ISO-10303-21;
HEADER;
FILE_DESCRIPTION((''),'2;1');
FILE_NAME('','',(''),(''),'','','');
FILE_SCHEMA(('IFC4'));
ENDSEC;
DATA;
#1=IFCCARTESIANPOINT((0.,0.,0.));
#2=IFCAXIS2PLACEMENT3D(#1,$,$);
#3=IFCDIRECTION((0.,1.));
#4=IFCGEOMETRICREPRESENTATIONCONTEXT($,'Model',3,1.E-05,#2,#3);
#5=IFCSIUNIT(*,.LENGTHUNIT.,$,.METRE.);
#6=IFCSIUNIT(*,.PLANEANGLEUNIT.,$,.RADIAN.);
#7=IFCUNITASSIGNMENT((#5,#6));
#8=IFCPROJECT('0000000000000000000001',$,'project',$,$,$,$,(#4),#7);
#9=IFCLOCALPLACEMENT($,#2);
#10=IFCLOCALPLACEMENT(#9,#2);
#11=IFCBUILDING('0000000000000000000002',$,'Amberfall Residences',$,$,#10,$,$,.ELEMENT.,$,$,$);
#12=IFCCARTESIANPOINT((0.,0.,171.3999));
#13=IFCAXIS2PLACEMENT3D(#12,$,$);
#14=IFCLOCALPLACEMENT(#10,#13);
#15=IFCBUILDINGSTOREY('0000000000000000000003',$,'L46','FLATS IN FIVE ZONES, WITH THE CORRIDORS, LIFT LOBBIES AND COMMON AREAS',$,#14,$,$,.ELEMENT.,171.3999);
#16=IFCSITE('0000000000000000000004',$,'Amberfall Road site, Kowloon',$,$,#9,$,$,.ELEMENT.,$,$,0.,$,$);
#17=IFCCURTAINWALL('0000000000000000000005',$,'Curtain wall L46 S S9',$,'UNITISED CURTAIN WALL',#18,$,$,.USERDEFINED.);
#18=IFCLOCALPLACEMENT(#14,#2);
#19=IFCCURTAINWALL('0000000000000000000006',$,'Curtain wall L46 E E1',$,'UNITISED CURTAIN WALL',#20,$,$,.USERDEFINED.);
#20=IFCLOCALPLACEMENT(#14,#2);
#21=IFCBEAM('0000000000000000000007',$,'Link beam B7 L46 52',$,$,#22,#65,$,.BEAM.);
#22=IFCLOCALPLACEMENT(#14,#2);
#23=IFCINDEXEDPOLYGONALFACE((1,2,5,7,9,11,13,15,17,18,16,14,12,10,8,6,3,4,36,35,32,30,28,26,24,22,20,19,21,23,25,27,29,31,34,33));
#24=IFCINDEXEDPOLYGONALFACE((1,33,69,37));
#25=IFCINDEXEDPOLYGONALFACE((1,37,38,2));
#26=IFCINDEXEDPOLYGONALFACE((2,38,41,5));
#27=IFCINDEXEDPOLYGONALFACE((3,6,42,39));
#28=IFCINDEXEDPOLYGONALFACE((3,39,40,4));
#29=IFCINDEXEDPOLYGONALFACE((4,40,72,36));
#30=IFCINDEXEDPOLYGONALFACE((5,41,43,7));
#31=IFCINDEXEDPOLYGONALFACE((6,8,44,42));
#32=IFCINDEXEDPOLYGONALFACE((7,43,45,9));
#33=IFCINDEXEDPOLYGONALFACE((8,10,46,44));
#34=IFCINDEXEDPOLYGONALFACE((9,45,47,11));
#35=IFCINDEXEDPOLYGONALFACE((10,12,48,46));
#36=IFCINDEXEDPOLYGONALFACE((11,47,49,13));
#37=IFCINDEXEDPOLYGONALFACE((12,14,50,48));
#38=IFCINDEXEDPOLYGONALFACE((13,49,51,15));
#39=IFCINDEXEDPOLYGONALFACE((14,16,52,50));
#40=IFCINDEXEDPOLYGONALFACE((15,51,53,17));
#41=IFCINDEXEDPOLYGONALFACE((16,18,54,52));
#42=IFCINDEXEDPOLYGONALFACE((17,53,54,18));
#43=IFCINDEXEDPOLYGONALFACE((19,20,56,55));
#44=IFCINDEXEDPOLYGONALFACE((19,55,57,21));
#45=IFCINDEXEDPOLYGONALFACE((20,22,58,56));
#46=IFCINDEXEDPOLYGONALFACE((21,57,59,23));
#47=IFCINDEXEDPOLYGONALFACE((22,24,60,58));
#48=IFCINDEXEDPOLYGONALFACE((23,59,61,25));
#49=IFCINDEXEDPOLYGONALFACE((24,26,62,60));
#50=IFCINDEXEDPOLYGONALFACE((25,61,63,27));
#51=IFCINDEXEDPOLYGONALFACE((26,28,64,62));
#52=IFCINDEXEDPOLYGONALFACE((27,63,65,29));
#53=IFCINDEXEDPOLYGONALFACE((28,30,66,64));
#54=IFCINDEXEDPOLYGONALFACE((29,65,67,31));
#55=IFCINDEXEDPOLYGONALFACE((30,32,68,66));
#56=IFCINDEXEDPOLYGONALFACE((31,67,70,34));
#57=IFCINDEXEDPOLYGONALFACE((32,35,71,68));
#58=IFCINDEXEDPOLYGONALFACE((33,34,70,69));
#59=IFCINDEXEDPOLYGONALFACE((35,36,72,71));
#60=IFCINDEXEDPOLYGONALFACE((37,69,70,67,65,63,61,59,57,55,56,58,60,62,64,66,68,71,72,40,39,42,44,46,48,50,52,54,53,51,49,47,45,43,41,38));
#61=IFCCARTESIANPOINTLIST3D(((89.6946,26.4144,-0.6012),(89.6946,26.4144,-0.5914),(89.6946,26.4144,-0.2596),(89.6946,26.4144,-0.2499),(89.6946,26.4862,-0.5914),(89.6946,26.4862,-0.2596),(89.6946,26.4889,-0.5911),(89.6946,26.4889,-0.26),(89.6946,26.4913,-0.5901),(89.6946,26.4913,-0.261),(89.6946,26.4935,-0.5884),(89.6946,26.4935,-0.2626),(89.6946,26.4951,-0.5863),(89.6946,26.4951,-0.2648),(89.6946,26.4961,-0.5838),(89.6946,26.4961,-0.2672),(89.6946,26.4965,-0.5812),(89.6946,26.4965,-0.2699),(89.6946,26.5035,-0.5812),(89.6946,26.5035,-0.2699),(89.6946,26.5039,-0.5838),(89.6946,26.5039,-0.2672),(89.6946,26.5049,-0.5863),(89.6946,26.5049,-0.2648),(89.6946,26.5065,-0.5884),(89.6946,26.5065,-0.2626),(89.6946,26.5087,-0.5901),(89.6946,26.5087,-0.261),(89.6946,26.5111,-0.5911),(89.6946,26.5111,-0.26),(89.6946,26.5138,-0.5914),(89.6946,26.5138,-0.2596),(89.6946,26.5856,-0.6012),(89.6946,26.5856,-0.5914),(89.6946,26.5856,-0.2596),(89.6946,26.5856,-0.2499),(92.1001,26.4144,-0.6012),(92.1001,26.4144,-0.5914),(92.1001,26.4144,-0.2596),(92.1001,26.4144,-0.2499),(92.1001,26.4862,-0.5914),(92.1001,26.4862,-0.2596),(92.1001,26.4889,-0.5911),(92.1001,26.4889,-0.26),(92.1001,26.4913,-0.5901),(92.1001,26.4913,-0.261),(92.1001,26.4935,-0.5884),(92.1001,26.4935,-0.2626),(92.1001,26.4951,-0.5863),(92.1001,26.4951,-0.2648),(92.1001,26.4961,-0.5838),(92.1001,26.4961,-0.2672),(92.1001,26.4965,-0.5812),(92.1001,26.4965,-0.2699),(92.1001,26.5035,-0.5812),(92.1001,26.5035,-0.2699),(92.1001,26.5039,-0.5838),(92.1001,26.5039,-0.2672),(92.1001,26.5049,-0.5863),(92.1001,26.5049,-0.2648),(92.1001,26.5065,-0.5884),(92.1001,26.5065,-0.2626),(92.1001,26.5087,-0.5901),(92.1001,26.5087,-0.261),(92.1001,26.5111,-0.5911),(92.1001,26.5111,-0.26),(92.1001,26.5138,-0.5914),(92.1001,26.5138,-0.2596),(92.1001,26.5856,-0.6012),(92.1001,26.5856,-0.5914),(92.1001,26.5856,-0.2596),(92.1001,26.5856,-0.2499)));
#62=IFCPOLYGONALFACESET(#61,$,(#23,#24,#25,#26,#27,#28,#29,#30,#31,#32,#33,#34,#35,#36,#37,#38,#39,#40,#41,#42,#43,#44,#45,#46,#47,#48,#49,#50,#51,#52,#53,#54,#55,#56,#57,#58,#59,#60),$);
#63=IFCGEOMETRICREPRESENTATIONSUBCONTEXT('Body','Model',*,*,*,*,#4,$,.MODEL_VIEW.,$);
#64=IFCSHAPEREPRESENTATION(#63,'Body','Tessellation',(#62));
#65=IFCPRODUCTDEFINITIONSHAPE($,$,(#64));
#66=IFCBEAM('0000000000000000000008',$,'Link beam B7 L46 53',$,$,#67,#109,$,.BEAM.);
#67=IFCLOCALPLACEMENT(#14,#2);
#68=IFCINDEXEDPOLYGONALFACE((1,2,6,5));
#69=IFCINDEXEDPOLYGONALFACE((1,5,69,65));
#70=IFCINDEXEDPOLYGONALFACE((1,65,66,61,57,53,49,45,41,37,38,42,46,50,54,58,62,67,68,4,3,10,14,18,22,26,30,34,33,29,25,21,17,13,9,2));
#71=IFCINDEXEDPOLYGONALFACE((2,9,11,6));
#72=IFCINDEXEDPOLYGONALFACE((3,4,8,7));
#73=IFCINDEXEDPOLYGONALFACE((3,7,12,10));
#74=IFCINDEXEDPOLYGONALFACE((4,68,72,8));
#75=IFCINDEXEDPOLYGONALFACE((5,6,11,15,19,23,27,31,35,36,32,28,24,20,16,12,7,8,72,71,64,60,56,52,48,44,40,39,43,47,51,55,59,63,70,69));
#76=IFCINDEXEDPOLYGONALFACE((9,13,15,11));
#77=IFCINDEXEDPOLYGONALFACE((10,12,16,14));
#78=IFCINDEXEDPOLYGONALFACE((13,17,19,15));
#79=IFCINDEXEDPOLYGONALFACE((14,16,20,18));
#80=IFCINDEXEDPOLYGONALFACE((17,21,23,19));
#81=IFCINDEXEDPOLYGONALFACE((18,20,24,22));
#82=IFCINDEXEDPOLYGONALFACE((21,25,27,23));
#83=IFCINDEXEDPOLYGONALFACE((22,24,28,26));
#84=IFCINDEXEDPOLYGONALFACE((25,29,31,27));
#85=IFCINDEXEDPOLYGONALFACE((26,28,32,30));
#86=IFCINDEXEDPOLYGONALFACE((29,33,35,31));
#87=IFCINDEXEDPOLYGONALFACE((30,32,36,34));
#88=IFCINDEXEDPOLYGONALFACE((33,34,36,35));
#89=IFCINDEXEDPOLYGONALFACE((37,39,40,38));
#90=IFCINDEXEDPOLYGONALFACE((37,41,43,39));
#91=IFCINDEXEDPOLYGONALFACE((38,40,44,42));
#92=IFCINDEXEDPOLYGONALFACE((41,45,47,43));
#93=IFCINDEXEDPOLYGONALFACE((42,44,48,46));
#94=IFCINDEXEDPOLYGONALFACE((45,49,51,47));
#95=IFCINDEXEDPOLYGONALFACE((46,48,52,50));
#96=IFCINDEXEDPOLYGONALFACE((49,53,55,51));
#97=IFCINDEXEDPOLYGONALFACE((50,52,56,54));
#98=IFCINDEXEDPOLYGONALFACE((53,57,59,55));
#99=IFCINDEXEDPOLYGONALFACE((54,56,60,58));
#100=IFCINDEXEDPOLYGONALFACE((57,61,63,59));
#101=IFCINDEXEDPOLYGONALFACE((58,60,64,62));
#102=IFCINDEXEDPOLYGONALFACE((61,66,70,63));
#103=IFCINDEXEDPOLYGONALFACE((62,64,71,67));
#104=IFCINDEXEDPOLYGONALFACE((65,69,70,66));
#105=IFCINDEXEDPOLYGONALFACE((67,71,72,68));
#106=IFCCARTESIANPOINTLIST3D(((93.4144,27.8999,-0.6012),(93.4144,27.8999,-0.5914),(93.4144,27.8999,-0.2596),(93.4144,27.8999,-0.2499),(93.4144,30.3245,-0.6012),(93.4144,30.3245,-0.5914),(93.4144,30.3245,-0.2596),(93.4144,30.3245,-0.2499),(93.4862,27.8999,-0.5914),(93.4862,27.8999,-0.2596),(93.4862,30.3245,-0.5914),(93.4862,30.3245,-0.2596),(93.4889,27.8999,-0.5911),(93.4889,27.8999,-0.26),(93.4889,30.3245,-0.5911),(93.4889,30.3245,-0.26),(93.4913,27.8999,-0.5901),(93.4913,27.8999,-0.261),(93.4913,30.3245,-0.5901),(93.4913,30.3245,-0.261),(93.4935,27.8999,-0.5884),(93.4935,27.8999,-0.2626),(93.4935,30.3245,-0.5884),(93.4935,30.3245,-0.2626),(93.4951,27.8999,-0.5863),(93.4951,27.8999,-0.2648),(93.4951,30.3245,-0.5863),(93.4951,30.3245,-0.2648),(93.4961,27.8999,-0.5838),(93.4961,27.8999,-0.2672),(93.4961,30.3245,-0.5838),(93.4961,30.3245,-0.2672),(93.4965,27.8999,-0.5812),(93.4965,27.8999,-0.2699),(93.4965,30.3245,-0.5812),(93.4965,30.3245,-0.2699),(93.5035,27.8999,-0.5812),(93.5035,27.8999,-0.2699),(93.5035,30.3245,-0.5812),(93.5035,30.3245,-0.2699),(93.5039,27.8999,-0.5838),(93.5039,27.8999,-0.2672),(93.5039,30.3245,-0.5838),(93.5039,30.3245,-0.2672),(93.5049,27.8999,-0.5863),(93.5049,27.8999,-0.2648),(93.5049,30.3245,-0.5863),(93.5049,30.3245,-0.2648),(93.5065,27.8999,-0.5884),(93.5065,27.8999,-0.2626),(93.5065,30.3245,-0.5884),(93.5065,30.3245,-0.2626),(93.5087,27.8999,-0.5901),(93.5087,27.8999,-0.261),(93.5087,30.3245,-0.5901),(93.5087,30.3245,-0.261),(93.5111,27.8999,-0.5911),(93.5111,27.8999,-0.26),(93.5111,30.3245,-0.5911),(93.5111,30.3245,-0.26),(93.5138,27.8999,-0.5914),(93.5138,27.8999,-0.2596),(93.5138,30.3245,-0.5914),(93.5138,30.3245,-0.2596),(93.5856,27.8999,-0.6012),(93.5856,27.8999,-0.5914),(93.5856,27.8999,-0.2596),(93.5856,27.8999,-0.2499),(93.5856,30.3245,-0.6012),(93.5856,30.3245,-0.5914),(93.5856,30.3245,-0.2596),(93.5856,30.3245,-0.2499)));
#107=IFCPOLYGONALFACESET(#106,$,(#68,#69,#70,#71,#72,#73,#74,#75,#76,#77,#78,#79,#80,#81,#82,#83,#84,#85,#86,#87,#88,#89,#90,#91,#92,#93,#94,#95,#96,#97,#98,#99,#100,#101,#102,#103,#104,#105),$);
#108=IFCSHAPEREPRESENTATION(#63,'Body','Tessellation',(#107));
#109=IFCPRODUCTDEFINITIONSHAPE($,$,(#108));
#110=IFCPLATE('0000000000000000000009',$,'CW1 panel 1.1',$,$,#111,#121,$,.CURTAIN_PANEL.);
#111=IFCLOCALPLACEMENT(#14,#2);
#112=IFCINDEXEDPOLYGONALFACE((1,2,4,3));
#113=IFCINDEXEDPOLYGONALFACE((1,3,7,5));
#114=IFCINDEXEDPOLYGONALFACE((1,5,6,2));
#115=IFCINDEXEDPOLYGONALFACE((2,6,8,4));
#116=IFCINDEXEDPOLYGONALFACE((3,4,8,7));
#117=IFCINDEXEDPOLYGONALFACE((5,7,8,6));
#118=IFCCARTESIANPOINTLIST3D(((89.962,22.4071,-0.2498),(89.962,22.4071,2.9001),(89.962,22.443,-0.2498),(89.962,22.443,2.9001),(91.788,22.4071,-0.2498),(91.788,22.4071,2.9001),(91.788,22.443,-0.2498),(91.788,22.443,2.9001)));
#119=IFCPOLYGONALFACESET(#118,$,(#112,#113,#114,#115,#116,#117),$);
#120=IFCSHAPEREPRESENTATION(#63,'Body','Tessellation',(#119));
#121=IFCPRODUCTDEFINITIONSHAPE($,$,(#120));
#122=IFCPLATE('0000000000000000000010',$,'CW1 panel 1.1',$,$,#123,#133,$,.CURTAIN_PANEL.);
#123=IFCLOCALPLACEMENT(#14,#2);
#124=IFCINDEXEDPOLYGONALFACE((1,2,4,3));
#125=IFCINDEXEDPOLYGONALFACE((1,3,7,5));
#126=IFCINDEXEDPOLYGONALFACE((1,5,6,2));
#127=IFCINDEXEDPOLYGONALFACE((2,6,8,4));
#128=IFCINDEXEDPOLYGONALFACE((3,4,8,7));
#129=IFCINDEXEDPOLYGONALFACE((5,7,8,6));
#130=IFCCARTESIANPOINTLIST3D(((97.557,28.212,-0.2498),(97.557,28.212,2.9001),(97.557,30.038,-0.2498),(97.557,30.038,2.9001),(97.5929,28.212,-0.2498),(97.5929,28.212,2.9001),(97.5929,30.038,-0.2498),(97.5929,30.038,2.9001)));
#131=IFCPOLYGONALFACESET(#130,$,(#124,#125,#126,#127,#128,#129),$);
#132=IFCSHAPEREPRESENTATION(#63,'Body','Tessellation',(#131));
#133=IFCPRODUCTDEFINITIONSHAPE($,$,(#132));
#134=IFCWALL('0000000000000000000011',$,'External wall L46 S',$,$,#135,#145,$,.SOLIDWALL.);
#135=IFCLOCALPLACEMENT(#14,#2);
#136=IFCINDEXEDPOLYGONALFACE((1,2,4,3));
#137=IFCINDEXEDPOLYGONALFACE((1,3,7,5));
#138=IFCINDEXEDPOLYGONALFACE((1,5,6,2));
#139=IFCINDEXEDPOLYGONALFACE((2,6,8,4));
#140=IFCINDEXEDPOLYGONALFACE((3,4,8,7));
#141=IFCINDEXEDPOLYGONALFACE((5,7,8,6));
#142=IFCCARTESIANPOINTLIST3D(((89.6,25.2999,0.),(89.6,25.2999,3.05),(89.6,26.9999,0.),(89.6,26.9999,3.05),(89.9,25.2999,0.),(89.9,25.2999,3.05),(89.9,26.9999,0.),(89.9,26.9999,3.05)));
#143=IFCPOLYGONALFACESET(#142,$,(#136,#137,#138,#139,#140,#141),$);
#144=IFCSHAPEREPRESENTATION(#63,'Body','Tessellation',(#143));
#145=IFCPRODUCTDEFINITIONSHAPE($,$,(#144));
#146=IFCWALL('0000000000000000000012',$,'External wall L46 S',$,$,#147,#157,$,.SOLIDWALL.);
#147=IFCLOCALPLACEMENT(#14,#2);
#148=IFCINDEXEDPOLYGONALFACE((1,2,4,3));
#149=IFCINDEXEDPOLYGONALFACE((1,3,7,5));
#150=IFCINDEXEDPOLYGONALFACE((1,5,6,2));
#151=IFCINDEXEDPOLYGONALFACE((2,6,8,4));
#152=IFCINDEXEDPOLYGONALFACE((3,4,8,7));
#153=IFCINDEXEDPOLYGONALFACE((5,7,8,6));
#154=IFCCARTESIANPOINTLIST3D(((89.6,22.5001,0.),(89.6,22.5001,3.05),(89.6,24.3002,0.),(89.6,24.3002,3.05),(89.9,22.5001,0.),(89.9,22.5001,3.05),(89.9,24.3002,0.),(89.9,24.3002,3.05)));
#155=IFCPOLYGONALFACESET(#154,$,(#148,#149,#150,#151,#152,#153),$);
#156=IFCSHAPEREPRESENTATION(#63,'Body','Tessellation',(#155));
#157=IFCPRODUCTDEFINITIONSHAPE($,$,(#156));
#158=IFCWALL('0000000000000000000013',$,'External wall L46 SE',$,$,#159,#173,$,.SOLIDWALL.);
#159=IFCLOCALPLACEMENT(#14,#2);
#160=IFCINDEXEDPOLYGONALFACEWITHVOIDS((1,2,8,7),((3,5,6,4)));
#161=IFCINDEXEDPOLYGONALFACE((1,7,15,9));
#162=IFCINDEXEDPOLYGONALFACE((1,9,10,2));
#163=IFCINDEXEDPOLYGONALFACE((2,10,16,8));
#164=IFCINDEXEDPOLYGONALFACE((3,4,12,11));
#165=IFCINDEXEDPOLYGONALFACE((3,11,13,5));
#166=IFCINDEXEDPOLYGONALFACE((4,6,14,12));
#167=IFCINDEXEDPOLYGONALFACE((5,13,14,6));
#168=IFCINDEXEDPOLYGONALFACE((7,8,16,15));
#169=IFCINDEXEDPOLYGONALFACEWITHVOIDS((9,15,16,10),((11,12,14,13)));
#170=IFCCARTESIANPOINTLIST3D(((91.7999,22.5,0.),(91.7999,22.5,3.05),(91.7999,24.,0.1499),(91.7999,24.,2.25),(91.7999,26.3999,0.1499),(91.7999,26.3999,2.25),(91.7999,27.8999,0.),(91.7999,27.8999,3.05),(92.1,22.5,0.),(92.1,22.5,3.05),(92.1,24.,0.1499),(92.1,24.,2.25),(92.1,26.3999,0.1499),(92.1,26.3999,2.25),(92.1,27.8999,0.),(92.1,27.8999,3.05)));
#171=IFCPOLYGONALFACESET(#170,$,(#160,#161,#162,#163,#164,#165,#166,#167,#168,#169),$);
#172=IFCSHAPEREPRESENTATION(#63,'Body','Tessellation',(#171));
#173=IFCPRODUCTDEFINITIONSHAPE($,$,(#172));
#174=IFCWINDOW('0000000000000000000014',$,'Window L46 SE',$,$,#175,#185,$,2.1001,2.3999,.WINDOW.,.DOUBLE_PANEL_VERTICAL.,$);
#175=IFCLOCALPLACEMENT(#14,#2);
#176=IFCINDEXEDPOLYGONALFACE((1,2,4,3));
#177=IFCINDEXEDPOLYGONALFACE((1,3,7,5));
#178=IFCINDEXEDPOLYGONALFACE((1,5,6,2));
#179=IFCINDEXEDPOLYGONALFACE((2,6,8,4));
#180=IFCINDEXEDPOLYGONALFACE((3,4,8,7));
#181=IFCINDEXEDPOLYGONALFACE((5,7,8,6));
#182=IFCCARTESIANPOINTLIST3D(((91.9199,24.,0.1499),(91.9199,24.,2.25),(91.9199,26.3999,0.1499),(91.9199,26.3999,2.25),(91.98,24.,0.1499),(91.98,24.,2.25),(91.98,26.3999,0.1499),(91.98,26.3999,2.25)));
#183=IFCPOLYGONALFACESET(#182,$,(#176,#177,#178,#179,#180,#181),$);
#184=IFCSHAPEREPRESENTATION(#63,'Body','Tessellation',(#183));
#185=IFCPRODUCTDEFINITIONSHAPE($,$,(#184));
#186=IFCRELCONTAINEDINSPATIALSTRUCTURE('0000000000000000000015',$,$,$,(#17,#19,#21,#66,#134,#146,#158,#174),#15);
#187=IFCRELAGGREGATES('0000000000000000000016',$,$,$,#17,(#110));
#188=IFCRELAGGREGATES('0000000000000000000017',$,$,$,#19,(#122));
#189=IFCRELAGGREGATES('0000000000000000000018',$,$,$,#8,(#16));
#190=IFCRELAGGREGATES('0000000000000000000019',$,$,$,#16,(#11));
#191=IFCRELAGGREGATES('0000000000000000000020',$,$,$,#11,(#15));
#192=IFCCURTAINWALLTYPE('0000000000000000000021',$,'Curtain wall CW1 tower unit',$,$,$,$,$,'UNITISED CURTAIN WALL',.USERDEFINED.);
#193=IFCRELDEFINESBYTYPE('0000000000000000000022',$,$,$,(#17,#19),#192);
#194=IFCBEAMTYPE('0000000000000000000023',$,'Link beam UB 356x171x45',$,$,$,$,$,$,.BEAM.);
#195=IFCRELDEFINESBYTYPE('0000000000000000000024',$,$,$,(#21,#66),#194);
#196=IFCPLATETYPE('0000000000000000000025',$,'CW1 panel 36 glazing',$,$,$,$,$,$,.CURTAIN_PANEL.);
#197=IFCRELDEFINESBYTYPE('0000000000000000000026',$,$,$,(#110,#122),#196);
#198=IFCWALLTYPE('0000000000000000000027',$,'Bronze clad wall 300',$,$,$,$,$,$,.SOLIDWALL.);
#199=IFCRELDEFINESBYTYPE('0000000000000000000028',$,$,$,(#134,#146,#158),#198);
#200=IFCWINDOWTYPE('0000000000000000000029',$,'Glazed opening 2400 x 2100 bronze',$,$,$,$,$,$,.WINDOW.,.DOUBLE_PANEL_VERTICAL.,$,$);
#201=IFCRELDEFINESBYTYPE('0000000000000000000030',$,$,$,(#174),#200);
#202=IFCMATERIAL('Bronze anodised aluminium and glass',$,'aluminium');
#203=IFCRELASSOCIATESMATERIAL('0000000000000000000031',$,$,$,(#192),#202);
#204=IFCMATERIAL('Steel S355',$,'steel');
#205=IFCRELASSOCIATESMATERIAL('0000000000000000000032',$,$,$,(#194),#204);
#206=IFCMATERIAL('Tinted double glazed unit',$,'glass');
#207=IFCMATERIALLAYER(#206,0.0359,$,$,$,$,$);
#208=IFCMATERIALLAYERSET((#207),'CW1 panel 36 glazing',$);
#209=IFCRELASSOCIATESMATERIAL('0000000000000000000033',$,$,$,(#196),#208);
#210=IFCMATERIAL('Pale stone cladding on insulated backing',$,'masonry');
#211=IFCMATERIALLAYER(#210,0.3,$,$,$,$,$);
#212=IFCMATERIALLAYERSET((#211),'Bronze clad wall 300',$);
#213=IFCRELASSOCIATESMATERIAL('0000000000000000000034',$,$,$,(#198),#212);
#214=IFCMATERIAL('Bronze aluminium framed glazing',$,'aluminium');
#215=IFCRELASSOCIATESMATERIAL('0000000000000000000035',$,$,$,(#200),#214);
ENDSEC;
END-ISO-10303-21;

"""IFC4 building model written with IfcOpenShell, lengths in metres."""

from ifc_helpers import new_model, si_unit, direction, frame, frame_2d, origin, origin_2d, place, context, subcontext, project, spatial, rectangle, i_section, extrude, material, layer, layer_set, material_profile, profile_set, type_object, element, fill, aggregate, save


model = new_model("IFC4")

# Units and contexts
model_context = context("Model", 3, precision=1e-05, world=origin(), true_north=direction((0.0, 1.0)))
body_context = subcontext(model_context, "Body", "Model", "MODEL_VIEW")
ifc_project = project(units=[si_unit("LENGTHUNIT", "METRE"), si_unit("PLANEANGLEUNIT", "RADIAN")], contexts=[model_context])

# Site, building, storey
site_placement = place(None, origin())
site = spatial("IfcSite", under=ifc_project, at=site_placement, Name="Amberfall Road site, Kowloon", CompositionType="ELEMENT", RefElevation=0.0)
building_placement = place(site_placement, origin())
building = spatial("IfcBuilding", under=site, at=building_placement, Name="Amberfall Residences", CompositionType="ELEMENT")
storey_placement = place(building_placement, frame((0.0, 0.0, 171.3999)))
storey = spatial("IfcBuildingStorey", under=building, at=storey_placement, Name="L46", Description="FLATS IN FIVE ZONES, WITH THE CORRIDORS, LIFT LOBBIES AND COMMON AREAS", CompositionType="ELEMENT", Elevation=171.3999)

# Curtain walls
ifc_material_1 = material(Name="Bronze anodised aluminium and glass", Category="aluminium")
curtain_wall_type = type_object("IfcCurtainWallType", Name="Curtain wall CW1 tower unit", ElementType="UNITISED CURTAIN WALL", PredefinedType="USERDEFINED", material=ifc_material_1)
curtain_wall_1_placement = place(storey_placement, origin())
curtain_wall_1 = element("IfcCurtainWall", 1, at=curtain_wall_1_placement, inside=storey, type_object=curtain_wall_type, Name="Curtain wall L46 S S9", ObjectType="UNITISED CURTAIN WALL", PredefinedType="USERDEFINED")
curtain_wall_2_placement = place(storey_placement, origin())
curtain_wall_2 = element("IfcCurtainWall", 2, at=curtain_wall_2_placement, inside=storey, type_object=curtain_wall_type, Name="Curtain wall L46 E E1", ObjectType="UNITISED CURTAIN WALL", PredefinedType="USERDEFINED")

# Beams
ifc_material_2 = material(Name="Steel S355", Category="steel")
ifc_material_profile_1 = material_profile(ifc_material_2, i_section(OverallWidth=0.1711, OverallDepth=0.3513, WebThickness=0.0071, FlangeThickness=0.0098, FilletRadius=0.0103, at=origin_2d()), Name="UB 356x171x45")
ifc_profile_set_1 = profile_set([ifc_material_profile_1], Name="Steel S355")
beam_type_1 = type_object("IfcBeamType", Name="Link beam UB 356x171x45", PredefinedType="BEAM", material=ifc_profile_set_1)
beam_1_placement = place(storey_placement, frame((92.1001, 26.5, -0.4255), z_axis=(-1.0, 0.0, 0.0), x_axis=(0.0, -1.0, 0.0)))
element("IfcBeam", 3, at=beam_1_placement, inside=storey, type_object=beam_type_1, Name="Link beam B7 L46 52", PredefinedType="BEAM", context=body_context, shape_type="SweptSolid", body=[
    extrude(i_section(OverallWidth=0.1711, OverallDepth=0.3513, WebThickness=0.0071, FlangeThickness=0.0098, FilletRadius=0.0103, at=origin_2d()), origin(), (0.0, 0.0, 1.0), 2.4055),
])
beam_2_placement = place(storey_placement, frame((93.5, 27.8999, -0.4255), z_axis=(0.0, 1.0, 0.0), x_axis=(-1.0, 0.0, 0.0)))
element("IfcBeam", 4, at=beam_2_placement, inside=storey, type_object=beam_type_1, Name="Link beam B7 L46 53", PredefinedType="BEAM", context=body_context, shape_type="SweptSolid", body=[
    extrude(i_section(OverallWidth=0.1711, OverallDepth=0.3513, WebThickness=0.0071, FlangeThickness=0.0098, FilletRadius=0.0103, at=origin_2d()), origin(), (0.0, 0.0, 1.0), 2.4246),
])

# Plates
ifc_material_3 = material(Name="Tinted double glazed unit", Category="glass")
ifc_layer_1 = layer(ifc_material_3, 0.0359)
ifc_layer_set_1 = layer_set([ifc_layer_1], Name="CW1 panel 36 glazing")
plate_type = type_object("IfcPlateType", Name="CW1 panel 36 glazing", PredefinedType="CURTAIN_PANEL", material=ifc_layer_set_1)
plate_1_placement = place(storey_placement, frame((90.875, 22.425, -0.2498), z_axis=(0.0, 0.0, 1.0), x_axis=(1.0, 0.0, 0.0)))
plate_1 = element("IfcPlate", 5, at=plate_1_placement, type_object=plate_type, Name="CW1 panel 1.1", PredefinedType="CURTAIN_PANEL", context=body_context, shape_type="SweptSolid", body=[
    extrude(rectangle(XDim=1.8259, YDim=0.0359, at=origin_2d()), origin(), (0.0, 0.0, 1.0), 3.1499),
])
aggregate(curtain_wall_1, [plate_1])
plate_2_placement = place(storey_placement, frame((97.575, 29.125, -0.2498), z_axis=(0.0, 0.0, 1.0), x_axis=(0.0, 1.0, 0.0)))
plate_2 = element("IfcPlate", 6, at=plate_2_placement, type_object=plate_type, Name="CW1 panel 1.1", PredefinedType="CURTAIN_PANEL", context=body_context, shape_type="SweptSolid", body=[
    extrude(rectangle(XDim=1.8259, YDim=0.0359, at=origin_2d()), origin(), (0.0, 0.0, 1.0), 3.1499),
])
aggregate(curtain_wall_2, [plate_2])

# Walls
ifc_material_4 = material(Name="Pale stone cladding on insulated backing", Category="masonry")
ifc_layer_2 = layer(ifc_material_4, 0.3)
ifc_layer_set_2 = layer_set([ifc_layer_2], Name="Bronze clad wall 300")
wall_type_1 = type_object("IfcWallType", Name="Bronze clad wall 300", PredefinedType="SOLIDWALL", material=ifc_layer_set_2)
wall_1_placement = place(storey_placement, frame((89.75, 27.0, 0.0), z_axis=(0.0, 0.0, 1.0), x_axis=(0.0, -1.0, 0.0)))
element("IfcWall", 7, at=wall_1_placement, inside=storey, type_object=wall_type_1, Name="External wall L46 S", PredefinedType="SOLIDWALL", context=body_context, shape_type="SweptSolid", body=[
    extrude(rectangle(XDim=1.7, YDim=0.3, at=frame_2d((0.8501, 0.0))), origin(), (0.0, 0.0, 1.0), 3.05),
])
wall_2_placement = place(storey_placement, frame((89.75, 24.3, 0.0), z_axis=(0.0, 0.0, 1.0), x_axis=(0.0, -1.0, 0.0)))
element("IfcWall", 8, at=wall_2_placement, inside=storey, type_object=wall_type_1, Name="External wall L46 S", PredefinedType="SOLIDWALL", context=body_context, shape_type="SweptSolid", body=[
    extrude(rectangle(XDim=1.8, YDim=0.3, at=frame_2d((0.8999, 0.0))), origin(), (0.0, 0.0, 1.0), 3.05),
])

# Wall, opening, window
wall_3_placement = place(storey_placement, frame((91.95, 22.5, 0.0), z_axis=(0.0, 0.0, 1.0), x_axis=(0.0, 1.0, 0.0)))
wall_3 = element("IfcWall", 9, at=wall_3_placement, inside=storey, type_object=wall_type_1, Name="External wall L46 SE", PredefinedType="SOLIDWALL", context=body_context, shape_type="SweptSolid", body=[
    extrude(rectangle(XDim=5.3999, YDim=0.3, at=frame_2d((2.7, 0.0))), origin(), (0.0, 0.0, 1.0), 3.05),
])
opening_1_placement = place(wall_3_placement, frame((1.5, 0.0, 0.1499)))
opening_1 = element("IfcOpeningElement", 10, at=opening_1_placement, cuts=wall_3, PredefinedType="OPENING", context=body_context, shape_type="SweptSolid", body=[
    extrude(rectangle(XDim=2.3999, YDim=2.1001, at=frame_2d((1.2, 1.05))), frame((0.0, 0.1599, 0.0), z_axis=(0.0, -1.0, 0.0), x_axis=(1.0, 0.0, 0.0)), (0.0, 0.0, 1.0), 0.3201),
])
ifc_material_5 = material(Name="Bronze aluminium framed glazing", Category="aluminium")
window_type_1 = type_object("IfcWindowType", Name="Glazed opening 2400 x 2100 bronze", PartitioningType="DOUBLE_PANEL_VERTICAL", PredefinedType="WINDOW", material=ifc_material_5)
window_1_placement = place(opening_1_placement, origin())
window_1 = element("IfcWindow", 11, at=window_1_placement, inside=storey, type_object=window_type_1, Name="Window L46 SE", OverallHeight=2.1001, OverallWidth=2.3999, PartitioningType="DOUBLE_PANEL_VERTICAL", PredefinedType="WINDOW", context=body_context, shape_type="SweptSolid", body=[
    extrude(rectangle(XDim=2.3999, YDim=2.1001, at=frame_2d((1.2, 1.05))), frame((0.0, 0.03, 0.0), z_axis=(0.0, -1.0, 0.0), x_axis=(1.0, 0.0, 0.0)), (0.0, 0.0, 1.0), 0.0601),
])
fill(opening_1, window_1)

save(model, "model.ifc")
